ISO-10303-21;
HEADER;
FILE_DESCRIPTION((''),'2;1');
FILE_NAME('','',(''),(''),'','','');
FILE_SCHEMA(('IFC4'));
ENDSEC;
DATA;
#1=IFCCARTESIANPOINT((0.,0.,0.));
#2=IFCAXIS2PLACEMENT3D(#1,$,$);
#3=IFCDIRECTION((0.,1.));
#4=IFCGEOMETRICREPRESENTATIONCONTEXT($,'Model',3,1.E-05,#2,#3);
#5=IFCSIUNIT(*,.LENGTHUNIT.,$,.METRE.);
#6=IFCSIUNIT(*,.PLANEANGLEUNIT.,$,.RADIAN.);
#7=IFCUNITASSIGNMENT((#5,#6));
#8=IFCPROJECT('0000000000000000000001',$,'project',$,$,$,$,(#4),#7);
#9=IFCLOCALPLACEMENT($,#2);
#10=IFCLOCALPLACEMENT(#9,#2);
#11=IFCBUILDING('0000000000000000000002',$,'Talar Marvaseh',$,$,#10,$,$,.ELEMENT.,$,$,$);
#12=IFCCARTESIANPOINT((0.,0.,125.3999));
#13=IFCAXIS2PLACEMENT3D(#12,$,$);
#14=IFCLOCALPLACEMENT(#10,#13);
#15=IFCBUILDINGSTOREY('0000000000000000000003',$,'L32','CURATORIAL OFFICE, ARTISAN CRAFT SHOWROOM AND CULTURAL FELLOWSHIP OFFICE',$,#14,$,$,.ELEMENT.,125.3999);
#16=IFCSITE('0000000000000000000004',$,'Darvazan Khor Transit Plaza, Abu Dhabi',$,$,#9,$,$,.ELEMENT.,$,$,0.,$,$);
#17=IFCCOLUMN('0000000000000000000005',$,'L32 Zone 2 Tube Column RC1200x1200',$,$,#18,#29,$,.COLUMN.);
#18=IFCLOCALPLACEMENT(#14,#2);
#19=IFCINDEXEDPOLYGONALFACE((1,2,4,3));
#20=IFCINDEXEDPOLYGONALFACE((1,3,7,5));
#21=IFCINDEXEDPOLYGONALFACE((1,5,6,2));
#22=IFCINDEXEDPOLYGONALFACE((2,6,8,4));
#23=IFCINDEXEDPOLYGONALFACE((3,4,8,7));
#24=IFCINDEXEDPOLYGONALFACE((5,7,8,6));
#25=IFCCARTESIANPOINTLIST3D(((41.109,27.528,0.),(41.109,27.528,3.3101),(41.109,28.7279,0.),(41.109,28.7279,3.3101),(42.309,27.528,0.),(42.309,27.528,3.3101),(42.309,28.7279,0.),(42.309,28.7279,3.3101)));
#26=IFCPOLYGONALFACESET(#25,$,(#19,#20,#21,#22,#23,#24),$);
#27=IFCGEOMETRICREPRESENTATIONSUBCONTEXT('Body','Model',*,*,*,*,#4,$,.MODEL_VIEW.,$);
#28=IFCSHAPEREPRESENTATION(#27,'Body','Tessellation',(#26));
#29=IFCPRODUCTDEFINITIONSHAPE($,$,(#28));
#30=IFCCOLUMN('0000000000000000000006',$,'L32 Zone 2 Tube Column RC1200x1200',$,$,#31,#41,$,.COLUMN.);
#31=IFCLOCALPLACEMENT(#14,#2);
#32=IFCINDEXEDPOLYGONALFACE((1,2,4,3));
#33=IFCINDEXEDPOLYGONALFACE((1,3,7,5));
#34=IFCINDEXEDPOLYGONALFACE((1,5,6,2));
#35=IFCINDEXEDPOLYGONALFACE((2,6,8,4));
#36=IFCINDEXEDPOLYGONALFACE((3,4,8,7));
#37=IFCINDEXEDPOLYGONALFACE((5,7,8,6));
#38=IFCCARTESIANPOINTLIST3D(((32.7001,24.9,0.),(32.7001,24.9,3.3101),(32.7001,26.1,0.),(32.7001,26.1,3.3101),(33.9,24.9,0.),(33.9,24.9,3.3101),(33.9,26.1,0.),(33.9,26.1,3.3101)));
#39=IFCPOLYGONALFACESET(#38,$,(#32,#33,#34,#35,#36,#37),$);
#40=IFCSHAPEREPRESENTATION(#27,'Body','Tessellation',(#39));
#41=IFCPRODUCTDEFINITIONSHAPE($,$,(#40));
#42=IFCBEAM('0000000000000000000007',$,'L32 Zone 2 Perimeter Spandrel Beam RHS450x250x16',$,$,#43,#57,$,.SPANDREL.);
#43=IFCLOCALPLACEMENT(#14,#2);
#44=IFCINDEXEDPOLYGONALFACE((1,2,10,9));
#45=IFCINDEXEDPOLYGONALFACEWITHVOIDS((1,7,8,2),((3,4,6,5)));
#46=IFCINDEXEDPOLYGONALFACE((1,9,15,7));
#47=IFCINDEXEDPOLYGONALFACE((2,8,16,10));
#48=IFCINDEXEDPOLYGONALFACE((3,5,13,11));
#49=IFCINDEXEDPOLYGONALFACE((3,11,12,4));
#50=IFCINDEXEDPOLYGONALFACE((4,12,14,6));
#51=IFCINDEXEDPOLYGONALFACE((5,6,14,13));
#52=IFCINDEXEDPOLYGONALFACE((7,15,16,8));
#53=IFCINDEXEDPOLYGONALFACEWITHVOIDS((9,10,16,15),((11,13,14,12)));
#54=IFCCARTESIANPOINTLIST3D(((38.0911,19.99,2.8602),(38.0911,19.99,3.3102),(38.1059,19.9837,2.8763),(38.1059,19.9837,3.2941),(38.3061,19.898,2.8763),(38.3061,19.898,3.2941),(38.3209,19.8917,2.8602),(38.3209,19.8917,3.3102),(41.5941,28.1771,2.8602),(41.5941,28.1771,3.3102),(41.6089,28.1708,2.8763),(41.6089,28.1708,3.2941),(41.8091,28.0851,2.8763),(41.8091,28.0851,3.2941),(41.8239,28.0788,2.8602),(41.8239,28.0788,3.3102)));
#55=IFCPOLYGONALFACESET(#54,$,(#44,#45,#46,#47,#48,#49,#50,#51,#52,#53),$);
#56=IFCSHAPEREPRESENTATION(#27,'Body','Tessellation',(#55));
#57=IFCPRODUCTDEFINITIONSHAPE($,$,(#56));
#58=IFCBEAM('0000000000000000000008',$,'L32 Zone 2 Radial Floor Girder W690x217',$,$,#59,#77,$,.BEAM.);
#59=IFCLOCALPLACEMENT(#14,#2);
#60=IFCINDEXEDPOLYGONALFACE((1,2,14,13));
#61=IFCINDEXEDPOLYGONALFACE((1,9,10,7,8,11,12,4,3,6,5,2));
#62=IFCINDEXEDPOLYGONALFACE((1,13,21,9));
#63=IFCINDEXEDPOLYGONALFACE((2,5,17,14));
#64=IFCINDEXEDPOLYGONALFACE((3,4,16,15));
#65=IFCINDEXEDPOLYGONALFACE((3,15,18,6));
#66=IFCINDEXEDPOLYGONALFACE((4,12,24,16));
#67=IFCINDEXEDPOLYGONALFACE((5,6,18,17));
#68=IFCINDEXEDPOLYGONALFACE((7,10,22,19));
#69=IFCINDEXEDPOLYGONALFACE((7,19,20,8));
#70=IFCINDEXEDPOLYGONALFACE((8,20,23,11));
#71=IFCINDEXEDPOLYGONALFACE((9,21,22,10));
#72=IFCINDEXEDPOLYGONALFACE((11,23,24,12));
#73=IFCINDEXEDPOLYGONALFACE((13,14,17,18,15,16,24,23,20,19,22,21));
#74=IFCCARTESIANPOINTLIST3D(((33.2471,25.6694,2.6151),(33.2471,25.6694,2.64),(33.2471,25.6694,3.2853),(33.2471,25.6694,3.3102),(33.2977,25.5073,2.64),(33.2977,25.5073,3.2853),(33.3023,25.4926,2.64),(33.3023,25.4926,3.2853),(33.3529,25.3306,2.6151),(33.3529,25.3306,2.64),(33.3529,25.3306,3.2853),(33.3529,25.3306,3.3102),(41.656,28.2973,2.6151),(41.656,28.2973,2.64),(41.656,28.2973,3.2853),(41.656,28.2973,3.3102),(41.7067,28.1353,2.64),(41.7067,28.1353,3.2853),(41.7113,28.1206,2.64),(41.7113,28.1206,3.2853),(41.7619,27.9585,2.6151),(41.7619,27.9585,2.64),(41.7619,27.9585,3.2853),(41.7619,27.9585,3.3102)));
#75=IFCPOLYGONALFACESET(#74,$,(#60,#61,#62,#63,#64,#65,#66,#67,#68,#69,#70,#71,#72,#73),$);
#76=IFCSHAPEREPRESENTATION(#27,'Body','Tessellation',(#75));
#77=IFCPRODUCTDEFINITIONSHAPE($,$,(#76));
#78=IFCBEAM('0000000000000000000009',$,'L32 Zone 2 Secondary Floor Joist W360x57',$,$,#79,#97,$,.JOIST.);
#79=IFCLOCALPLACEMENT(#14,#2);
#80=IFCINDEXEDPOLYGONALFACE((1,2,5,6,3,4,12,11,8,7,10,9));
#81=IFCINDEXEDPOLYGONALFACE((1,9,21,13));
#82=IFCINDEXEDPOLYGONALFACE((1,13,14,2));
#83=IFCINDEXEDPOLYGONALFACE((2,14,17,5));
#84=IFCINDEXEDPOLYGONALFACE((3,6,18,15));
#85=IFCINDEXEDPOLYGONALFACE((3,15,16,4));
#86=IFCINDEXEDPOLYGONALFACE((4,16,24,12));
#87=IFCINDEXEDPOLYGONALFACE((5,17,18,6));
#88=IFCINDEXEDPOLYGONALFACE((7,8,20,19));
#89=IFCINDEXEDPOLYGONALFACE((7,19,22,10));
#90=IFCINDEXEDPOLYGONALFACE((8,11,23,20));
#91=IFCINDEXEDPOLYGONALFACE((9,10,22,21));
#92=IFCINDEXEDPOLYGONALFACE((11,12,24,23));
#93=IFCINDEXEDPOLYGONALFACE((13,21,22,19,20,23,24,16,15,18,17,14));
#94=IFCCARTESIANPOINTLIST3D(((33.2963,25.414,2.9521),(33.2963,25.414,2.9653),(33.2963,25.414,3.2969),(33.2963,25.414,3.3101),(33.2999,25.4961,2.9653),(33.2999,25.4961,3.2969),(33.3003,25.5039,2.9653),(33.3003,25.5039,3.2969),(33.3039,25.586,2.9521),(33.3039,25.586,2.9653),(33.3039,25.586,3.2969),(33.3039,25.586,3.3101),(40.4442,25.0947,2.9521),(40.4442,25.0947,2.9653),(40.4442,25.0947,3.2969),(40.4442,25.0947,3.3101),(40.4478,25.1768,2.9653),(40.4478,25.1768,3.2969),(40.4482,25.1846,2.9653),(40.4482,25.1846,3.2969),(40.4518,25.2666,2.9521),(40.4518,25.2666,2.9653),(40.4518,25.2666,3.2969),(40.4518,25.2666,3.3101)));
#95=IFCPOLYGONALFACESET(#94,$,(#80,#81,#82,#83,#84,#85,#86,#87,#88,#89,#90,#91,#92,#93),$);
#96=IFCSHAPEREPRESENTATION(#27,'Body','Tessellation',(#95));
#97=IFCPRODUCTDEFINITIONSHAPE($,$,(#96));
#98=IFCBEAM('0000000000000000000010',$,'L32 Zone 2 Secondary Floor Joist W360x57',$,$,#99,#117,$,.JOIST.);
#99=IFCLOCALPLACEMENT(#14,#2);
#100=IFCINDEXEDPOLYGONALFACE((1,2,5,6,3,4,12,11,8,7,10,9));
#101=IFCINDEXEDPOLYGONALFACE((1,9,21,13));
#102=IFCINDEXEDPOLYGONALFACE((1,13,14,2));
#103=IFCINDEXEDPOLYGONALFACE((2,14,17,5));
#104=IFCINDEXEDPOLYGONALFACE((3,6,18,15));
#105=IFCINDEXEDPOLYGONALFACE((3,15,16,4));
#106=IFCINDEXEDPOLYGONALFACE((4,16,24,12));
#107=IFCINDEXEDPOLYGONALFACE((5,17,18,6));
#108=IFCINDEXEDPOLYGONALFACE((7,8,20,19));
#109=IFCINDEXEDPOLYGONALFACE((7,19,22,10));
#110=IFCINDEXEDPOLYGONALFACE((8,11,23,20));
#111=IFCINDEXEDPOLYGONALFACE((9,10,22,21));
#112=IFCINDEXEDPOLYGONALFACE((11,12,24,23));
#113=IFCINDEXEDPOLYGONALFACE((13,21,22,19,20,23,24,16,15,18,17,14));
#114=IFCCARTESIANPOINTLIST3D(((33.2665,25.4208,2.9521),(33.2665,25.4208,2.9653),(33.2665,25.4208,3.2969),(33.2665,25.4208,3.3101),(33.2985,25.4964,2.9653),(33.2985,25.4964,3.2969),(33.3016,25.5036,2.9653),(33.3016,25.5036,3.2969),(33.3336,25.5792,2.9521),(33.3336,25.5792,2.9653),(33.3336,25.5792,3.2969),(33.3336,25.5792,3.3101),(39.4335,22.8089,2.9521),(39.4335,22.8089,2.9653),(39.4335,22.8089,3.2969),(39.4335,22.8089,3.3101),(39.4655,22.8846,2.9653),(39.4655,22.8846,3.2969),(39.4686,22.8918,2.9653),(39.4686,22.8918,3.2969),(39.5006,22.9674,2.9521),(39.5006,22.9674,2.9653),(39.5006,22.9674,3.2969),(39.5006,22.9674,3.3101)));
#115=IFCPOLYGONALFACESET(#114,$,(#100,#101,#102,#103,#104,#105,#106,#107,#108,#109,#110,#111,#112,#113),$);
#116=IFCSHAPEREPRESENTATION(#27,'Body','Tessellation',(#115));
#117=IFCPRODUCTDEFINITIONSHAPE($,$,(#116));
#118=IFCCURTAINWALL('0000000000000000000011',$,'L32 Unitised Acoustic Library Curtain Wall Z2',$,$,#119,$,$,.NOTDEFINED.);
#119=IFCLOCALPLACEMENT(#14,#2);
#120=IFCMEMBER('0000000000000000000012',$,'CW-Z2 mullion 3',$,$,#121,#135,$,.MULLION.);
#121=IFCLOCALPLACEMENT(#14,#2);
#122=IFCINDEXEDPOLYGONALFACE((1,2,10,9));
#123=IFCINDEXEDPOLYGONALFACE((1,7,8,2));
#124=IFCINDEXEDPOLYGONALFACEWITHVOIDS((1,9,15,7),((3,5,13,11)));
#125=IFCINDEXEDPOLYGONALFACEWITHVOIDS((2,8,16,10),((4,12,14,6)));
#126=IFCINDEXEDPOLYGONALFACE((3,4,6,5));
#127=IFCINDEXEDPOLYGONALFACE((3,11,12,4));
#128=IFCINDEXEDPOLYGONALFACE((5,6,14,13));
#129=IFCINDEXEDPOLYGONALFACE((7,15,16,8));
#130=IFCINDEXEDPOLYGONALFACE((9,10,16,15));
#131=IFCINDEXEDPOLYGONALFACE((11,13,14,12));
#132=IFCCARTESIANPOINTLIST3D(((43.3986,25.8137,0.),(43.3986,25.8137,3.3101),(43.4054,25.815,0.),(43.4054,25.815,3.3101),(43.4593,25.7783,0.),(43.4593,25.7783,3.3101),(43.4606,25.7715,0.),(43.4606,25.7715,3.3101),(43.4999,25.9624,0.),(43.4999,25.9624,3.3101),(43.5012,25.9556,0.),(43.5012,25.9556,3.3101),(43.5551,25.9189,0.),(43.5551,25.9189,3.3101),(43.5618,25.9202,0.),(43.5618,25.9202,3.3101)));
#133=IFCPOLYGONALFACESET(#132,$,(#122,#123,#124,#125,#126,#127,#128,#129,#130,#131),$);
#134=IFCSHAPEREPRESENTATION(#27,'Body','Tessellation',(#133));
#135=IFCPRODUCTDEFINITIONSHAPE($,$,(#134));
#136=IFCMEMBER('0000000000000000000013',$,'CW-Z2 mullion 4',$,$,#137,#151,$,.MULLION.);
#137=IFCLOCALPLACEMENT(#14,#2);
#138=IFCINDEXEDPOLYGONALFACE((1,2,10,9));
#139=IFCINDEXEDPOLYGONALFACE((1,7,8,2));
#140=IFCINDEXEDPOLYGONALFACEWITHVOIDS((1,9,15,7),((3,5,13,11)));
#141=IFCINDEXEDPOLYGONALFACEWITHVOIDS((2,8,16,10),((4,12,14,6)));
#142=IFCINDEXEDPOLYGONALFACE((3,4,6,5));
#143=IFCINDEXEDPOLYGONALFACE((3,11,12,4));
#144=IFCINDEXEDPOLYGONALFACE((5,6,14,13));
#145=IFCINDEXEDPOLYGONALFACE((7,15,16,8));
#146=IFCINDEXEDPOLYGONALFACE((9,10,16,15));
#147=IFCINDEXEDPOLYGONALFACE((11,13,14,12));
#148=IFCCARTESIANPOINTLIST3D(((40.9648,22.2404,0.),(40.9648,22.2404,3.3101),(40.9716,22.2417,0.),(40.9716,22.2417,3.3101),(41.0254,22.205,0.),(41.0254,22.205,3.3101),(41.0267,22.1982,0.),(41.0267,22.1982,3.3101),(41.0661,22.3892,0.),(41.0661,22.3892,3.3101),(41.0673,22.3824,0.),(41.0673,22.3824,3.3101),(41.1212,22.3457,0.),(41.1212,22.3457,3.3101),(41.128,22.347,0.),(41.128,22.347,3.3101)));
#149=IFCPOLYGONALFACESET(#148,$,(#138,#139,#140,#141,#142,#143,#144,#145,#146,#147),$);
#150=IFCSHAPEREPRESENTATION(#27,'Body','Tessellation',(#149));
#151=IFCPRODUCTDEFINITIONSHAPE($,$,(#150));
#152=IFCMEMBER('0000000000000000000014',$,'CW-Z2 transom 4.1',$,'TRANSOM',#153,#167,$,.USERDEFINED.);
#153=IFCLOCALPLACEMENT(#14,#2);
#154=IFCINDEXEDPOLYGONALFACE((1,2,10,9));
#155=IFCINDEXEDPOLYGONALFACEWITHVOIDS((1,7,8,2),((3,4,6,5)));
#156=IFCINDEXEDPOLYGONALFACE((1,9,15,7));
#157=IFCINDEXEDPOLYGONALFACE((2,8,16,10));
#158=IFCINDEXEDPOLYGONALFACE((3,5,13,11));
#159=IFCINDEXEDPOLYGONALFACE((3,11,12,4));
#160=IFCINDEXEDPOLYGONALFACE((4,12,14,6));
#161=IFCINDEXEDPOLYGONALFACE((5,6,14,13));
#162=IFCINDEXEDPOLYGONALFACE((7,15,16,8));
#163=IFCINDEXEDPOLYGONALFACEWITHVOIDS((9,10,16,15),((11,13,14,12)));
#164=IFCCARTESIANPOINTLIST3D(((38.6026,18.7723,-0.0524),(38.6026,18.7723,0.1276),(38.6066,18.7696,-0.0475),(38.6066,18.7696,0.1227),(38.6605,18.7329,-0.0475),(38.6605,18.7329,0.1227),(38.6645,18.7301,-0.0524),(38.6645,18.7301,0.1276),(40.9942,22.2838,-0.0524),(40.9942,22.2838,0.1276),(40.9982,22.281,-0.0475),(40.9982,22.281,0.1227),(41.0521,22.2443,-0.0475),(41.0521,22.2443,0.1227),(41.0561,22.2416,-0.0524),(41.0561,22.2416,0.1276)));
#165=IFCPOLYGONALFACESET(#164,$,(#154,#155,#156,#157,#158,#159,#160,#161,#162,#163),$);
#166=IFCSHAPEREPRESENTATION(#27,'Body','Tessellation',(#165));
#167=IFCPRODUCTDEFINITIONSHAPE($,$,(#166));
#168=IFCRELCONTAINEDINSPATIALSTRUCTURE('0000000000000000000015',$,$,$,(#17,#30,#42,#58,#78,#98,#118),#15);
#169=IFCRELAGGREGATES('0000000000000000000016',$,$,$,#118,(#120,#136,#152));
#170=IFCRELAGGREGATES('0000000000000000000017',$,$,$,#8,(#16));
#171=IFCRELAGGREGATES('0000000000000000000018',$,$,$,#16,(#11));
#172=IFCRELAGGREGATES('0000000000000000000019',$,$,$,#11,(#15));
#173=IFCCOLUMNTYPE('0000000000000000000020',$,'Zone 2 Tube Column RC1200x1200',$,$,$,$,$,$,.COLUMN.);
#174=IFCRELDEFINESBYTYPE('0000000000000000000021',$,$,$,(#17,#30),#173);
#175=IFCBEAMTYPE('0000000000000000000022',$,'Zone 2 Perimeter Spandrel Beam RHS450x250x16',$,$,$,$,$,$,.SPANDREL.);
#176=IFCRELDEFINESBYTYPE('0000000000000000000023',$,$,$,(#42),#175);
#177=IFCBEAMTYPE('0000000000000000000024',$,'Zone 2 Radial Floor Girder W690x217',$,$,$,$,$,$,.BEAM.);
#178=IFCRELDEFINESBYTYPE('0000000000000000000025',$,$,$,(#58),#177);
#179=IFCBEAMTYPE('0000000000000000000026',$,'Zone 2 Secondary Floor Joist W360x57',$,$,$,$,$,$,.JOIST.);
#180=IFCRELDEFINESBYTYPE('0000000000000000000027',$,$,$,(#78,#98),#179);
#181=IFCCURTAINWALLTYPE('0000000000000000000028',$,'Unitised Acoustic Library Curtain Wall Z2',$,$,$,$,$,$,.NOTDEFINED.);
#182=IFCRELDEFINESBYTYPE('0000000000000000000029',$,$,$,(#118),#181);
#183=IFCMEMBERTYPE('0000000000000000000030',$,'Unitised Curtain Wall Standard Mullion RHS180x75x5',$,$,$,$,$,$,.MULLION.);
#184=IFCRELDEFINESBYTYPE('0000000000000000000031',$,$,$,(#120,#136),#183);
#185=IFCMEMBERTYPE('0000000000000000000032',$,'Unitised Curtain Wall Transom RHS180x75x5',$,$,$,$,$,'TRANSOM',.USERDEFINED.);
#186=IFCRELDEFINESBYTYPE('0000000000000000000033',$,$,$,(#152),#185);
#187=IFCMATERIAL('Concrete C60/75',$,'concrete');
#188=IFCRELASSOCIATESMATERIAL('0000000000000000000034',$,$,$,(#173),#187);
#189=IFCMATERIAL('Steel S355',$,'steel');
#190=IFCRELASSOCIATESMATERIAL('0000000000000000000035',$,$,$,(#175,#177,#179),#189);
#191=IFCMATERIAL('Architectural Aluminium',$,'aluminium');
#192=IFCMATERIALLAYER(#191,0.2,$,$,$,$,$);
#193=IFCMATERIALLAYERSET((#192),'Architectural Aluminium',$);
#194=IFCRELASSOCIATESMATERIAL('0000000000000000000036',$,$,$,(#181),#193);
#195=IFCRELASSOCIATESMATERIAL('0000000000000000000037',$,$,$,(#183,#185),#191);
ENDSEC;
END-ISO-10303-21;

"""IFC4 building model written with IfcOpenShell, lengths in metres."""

from ifc_helpers import new_model, si_unit, direction, frame, origin, origin_2d, place, context, subcontext, project, spatial, rectangle, hollow_rectangle, i_section, extrude, source, transform, mapped, material, layer, layer_set, material_profile, profile_set, type_object, type_shapes, element, aggregate, save


model = new_model("IFC4")

# Units and contexts
model_context = context("Model", 3, precision=1e-05, world=origin(), true_north=direction((0.0, 1.0)))
body_context = subcontext(model_context, "Body", "Model", "MODEL_VIEW")
ifc_project = project(units=[si_unit("LENGTHUNIT", "METRE"), si_unit("PLANEANGLEUNIT", "RADIAN")], contexts=[model_context])

# Site, building, storey
site_placement = place(None, origin())
site = spatial("IfcSite", under=ifc_project, at=site_placement, Name="Darvazan Khor Transit Plaza, Abu Dhabi", CompositionType="ELEMENT", RefElevation=0.0)
building_placement = place(site_placement, origin())
building = spatial("IfcBuilding", under=site, at=building_placement, Name="Talar Marvaseh", CompositionType="ELEMENT")
storey_placement = place(building_placement, frame((0.0, 0.0, 125.3999)))
storey = spatial("IfcBuildingStorey", under=building, at=storey_placement, Name="L32", Description="CURATORIAL OFFICE, ARTISAN CRAFT SHOWROOM AND CULTURAL FELLOWSHIP OFFICE", CompositionType="ELEMENT", Elevation=125.3999)

# Columns
ifc_material_1 = material(Name="Concrete C60/75", Category="concrete")
ifc_material_profile_1 = material_profile(ifc_material_1, rectangle(XDim=1.2, YDim=1.2, at=origin_2d()), Name="RC1200x1200")
ifc_profile_set_1 = profile_set([ifc_material_profile_1], Name="Concrete C60/75")
column_type = type_object("IfcColumnType", Name="Zone 2 Tube Column RC1200x1200", PredefinedType="COLUMN", material=ifc_profile_set_1)
for number, where, z_axis, x_axis, name in (
    (1, (41.709, 28.1279, 0.0), (0.0, 0.0, 1.0), (1.0, 0.0, 0.0), "L32 Zone 2 Tube Column RC1200x1200"),
    (2, (33.3, 25.5, 0.0), (0.0, 0.0, 1.0), (1.0, 0.0, 0.0), "L32 Zone 2 Tube Column RC1200x1200"),
):
    element("IfcColumn", number, at=place(storey_placement, frame(where, z_axis=z_axis, x_axis=x_axis)), inside=storey, type_object=column_type, Name=name, PredefinedType="COLUMN", context=body_context, shape_type="SweptSolid", body=[
        extrude(rectangle(XDim=1.2, YDim=1.2, at=origin_2d()), origin(), (0.0, 0.0, 1.0), 3.3101),
    ])

# Beams
ifc_material_2 = material(Name="Steel S355", Category="steel")
ifc_material_profile_2 = material_profile(ifc_material_2, hollow_rectangle(XDim=0.25, YDim=0.45, WallThickness=0.0161, at=origin_2d()), Name="RHS450x250x16")
ifc_profile_set_2 = profile_set([ifc_material_profile_2], Name="Steel S355")
beam_type_1 = type_object("IfcBeamType", Name="Zone 2 Perimeter Spandrel Beam RHS450x250x16", PredefinedType="SPANDREL", material=ifc_profile_set_2)
beam_1_placement = place(storey_placement, frame((41.709, 28.1279, 3.0852), z_axis=(-0.39337, -0.91938, 0.0), x_axis=(0.91938, -0.39337, 0.0)))
element("IfcBeam", 3, at=beam_1_placement, inside=storey, type_object=beam_type_1, Name="L32 Zone 2 Perimeter Spandrel Beam RHS450x250x16", PredefinedType="SPANDREL", context=body_context, shape_type="SweptSolid", body=[
    extrude(hollow_rectangle(XDim=0.25, YDim=0.45, WallThickness=0.0161, at=origin_2d()), origin(), (0.0, 0.0, 1.0), 8.905),
])
ifc_material_profile_3 = material_profile(ifc_material_2, i_section(OverallWidth=0.355, OverallDepth=0.6951, WebThickness=0.0154, FlangeThickness=0.0249, at=origin_2d()), Name="W690x217")
ifc_profile_set_3 = profile_set([ifc_material_profile_3], Name="Steel S355")
beam_type_2 = type_object("IfcBeamType", Name="Zone 2 Radial Floor Girder W690x217", PredefinedType="BEAM", material=ifc_profile_set_3)
beam_2_placement = place(storey_placement, frame((41.709, 28.1279, 2.9626), z_axis=(-0.954476, -0.298289, 0.0), x_axis=(0.298289, -0.954476, 0.0)))
element("IfcBeam", 4, at=beam_2_placement, inside=storey, type_object=beam_type_2, Name="L32 Zone 2 Radial Floor Girder W690x217", PredefinedType="BEAM", context=body_context, shape_type="SweptSolid", body=[
    extrude(i_section(OverallWidth=0.355, OverallDepth=0.6951, WebThickness=0.0154, FlangeThickness=0.0249, at=origin_2d()), origin(), (0.0, 0.0, 1.0), 8.8101),
])
ifc_material_profile_4 = material_profile(ifc_material_2, i_section(OverallWidth=0.1721, OverallDepth=0.3579, WebThickness=0.0078, FlangeThickness=0.0132, at=origin_2d()), Name="W360x57")
ifc_profile_set_4 = profile_set([ifc_material_profile_4], Name="Steel S355")
beam_type_3 = type_object("IfcBeamType", Name="Zone 2 Secondary Floor Joist W360x57", PredefinedType="JOIST", material=ifc_profile_set_4)
beam_3_placement = place(storey_placement, frame((40.448, 25.1807, 3.1311), z_axis=(-0.999004, 0.044631, 0.0), x_axis=(-0.044631, -0.999004, 0.0)))
element("IfcBeam", 5, at=beam_3_placement, inside=storey, type_object=beam_type_3, Name="L32 Zone 2 Secondary Floor Joist W360x57", PredefinedType="JOIST", context=body_context, shape_type="SweptSolid", body=[
    extrude(i_section(OverallWidth=0.1721, OverallDepth=0.3579, WebThickness=0.0078, FlangeThickness=0.0132, at=origin_2d()), origin(), (0.0, 0.0, 1.0), 7.155),
])
beam_4_placement = place(storey_placement, frame((39.467, 22.8882, 3.1311), z_axis=(-0.920822, 0.389982, 0.0), x_axis=(-0.389982, -0.920822, 0.0)))
element("IfcBeam", 6, at=beam_4_placement, inside=storey, type_object=beam_type_3, Name="L32 Zone 2 Secondary Floor Joist W360x57", PredefinedType="JOIST", context=body_context, shape_type="SweptSolid", body=[
    extrude(i_section(OverallWidth=0.1721, OverallDepth=0.3579, WebThickness=0.0078, FlangeThickness=0.0132, at=origin_2d()), origin(), (0.0, 0.0, 1.0), 6.6973),
])

# Curtain wall, members
ifc_material_3 = material(Name="Architectural Aluminium", Category="aluminium")
ifc_layer_1 = layer(ifc_material_3, 0.2)
ifc_layer_set_1 = layer_set([ifc_layer_1], Name="Architectural Aluminium")
curtain_wall_type = type_object("IfcCurtainWallType", Name="Unitised Acoustic Library Curtain Wall Z2", PredefinedType="NOTDEFINED", material=ifc_layer_set_1)
curtain_wall_placement = place(storey_placement, origin())
curtain_wall = element("IfcCurtainWall", 7, at=curtain_wall_placement, inside=storey, type_object=curtain_wall_type, Name="L32 Unitised Acoustic Library Curtain Wall Z2", PredefinedType="NOTDEFINED")
ifc_material_profile_5 = material_profile(ifc_material_3, hollow_rectangle(XDim=0.075, YDim=0.1799, WallThickness=0.0049, at=origin_2d()), Name="RHS180x75x5")
ifc_profile_set_5 = profile_set([ifc_material_profile_5], Name="Architectural Aluminium")
member_type_1 = type_object("IfcMemberType", Name="Unitised Curtain Wall Standard Mullion RHS180x75x5", PredefinedType="MULLION", material=ifc_profile_set_5)
shared_shape_1 = source(origin(), body_context, "Body", "SweptSolid", [
    extrude(hollow_rectangle(XDim=0.075, YDim=0.1799, WallThickness=0.0049, at=origin_2d()), origin(), (0.0, 0.0, 1.0), 3.3101),
])
type_shapes(member_type_1, [shared_shape_1])
member_1_placement = place(storey_placement, frame((43.4802, 25.8669, 0.0), z_axis=(0.0, 0.0, 1.0), x_axis=(0.826504, -0.562931, 0.0)))
member_1 = element("IfcMember", 8, at=member_1_placement, type_object=member_type_1, Name="CW-Z2 mullion 3", PredefinedType="MULLION", context=body_context, shape_type="MappedRepresentation", body=[
    mapped(shared_shape_1, transform((0.0, 0.0, 0.0), x_axis=(1.0, 0.0, 0.0), y_axis=(0.0, 1.0, 0.0), z_axis=(0.0, 0.0, 1.0), scale=1.0)),
])
member_2_placement = place(storey_placement, frame((41.0464, 22.2937, 0.0), z_axis=(0.0, 0.0, 1.0), x_axis=(0.826504, -0.562931, 0.0)))
member_2 = element("IfcMember", 9, at=member_2_placement, type_object=member_type_1, Name="CW-Z2 mullion 4", PredefinedType="MULLION", context=body_context, shape_type="MappedRepresentation", body=[
    mapped(shared_shape_1, transform((0.0, 0.0, 0.0), x_axis=(1.0, 0.0, 0.0), y_axis=(0.0, 1.0, 0.0), z_axis=(0.0, 0.0, 1.0), scale=1.0)),
])
ifc_material_profile_6 = material_profile(ifc_material_3, hollow_rectangle(XDim=0.075, YDim=0.1799, WallThickness=0.0049, at=origin_2d()), Name="RHS180x75x5")
ifc_profile_set_6 = profile_set([ifc_material_profile_6], Name="Architectural Aluminium")
member_type_2 = type_object("IfcMemberType", Name="Unitised Curtain Wall Transom RHS180x75x5", ElementType="TRANSOM", PredefinedType="USERDEFINED", material=ifc_profile_set_6)
shared_shape_2 = source(origin(), body_context, "Body", "SweptSolid", [
    extrude(hollow_rectangle(XDim=0.075, YDim=0.1799, WallThickness=0.0049, at=origin_2d()), origin(), (0.0, 0.0, 1.0), 4.2485),
])
member_3_placement = place(storey_placement, frame((41.0251, 22.2627, 0.0376), z_axis=(-0.562921, -0.826511, 0.0), x_axis=(0.826511, -0.562921, 0.0)))
member_3 = element("IfcMember", 10, at=member_3_placement, type_object=member_type_2, Name="CW-Z2 transom 4.1", ObjectType="TRANSOM", PredefinedType="USERDEFINED", context=body_context, shape_type="MappedRepresentation", body=[
    mapped(shared_shape_2, transform((0.0, 0.0, 0.0), x_axis=(1.0, 0.0, 0.0), y_axis=(0.0, 1.0, 0.0), z_axis=(0.0, 0.0, 1.0), scale=1.0)),
])
aggregate(curtain_wall, [member_1, member_2, member_3])

save(model, "model.ifc")
